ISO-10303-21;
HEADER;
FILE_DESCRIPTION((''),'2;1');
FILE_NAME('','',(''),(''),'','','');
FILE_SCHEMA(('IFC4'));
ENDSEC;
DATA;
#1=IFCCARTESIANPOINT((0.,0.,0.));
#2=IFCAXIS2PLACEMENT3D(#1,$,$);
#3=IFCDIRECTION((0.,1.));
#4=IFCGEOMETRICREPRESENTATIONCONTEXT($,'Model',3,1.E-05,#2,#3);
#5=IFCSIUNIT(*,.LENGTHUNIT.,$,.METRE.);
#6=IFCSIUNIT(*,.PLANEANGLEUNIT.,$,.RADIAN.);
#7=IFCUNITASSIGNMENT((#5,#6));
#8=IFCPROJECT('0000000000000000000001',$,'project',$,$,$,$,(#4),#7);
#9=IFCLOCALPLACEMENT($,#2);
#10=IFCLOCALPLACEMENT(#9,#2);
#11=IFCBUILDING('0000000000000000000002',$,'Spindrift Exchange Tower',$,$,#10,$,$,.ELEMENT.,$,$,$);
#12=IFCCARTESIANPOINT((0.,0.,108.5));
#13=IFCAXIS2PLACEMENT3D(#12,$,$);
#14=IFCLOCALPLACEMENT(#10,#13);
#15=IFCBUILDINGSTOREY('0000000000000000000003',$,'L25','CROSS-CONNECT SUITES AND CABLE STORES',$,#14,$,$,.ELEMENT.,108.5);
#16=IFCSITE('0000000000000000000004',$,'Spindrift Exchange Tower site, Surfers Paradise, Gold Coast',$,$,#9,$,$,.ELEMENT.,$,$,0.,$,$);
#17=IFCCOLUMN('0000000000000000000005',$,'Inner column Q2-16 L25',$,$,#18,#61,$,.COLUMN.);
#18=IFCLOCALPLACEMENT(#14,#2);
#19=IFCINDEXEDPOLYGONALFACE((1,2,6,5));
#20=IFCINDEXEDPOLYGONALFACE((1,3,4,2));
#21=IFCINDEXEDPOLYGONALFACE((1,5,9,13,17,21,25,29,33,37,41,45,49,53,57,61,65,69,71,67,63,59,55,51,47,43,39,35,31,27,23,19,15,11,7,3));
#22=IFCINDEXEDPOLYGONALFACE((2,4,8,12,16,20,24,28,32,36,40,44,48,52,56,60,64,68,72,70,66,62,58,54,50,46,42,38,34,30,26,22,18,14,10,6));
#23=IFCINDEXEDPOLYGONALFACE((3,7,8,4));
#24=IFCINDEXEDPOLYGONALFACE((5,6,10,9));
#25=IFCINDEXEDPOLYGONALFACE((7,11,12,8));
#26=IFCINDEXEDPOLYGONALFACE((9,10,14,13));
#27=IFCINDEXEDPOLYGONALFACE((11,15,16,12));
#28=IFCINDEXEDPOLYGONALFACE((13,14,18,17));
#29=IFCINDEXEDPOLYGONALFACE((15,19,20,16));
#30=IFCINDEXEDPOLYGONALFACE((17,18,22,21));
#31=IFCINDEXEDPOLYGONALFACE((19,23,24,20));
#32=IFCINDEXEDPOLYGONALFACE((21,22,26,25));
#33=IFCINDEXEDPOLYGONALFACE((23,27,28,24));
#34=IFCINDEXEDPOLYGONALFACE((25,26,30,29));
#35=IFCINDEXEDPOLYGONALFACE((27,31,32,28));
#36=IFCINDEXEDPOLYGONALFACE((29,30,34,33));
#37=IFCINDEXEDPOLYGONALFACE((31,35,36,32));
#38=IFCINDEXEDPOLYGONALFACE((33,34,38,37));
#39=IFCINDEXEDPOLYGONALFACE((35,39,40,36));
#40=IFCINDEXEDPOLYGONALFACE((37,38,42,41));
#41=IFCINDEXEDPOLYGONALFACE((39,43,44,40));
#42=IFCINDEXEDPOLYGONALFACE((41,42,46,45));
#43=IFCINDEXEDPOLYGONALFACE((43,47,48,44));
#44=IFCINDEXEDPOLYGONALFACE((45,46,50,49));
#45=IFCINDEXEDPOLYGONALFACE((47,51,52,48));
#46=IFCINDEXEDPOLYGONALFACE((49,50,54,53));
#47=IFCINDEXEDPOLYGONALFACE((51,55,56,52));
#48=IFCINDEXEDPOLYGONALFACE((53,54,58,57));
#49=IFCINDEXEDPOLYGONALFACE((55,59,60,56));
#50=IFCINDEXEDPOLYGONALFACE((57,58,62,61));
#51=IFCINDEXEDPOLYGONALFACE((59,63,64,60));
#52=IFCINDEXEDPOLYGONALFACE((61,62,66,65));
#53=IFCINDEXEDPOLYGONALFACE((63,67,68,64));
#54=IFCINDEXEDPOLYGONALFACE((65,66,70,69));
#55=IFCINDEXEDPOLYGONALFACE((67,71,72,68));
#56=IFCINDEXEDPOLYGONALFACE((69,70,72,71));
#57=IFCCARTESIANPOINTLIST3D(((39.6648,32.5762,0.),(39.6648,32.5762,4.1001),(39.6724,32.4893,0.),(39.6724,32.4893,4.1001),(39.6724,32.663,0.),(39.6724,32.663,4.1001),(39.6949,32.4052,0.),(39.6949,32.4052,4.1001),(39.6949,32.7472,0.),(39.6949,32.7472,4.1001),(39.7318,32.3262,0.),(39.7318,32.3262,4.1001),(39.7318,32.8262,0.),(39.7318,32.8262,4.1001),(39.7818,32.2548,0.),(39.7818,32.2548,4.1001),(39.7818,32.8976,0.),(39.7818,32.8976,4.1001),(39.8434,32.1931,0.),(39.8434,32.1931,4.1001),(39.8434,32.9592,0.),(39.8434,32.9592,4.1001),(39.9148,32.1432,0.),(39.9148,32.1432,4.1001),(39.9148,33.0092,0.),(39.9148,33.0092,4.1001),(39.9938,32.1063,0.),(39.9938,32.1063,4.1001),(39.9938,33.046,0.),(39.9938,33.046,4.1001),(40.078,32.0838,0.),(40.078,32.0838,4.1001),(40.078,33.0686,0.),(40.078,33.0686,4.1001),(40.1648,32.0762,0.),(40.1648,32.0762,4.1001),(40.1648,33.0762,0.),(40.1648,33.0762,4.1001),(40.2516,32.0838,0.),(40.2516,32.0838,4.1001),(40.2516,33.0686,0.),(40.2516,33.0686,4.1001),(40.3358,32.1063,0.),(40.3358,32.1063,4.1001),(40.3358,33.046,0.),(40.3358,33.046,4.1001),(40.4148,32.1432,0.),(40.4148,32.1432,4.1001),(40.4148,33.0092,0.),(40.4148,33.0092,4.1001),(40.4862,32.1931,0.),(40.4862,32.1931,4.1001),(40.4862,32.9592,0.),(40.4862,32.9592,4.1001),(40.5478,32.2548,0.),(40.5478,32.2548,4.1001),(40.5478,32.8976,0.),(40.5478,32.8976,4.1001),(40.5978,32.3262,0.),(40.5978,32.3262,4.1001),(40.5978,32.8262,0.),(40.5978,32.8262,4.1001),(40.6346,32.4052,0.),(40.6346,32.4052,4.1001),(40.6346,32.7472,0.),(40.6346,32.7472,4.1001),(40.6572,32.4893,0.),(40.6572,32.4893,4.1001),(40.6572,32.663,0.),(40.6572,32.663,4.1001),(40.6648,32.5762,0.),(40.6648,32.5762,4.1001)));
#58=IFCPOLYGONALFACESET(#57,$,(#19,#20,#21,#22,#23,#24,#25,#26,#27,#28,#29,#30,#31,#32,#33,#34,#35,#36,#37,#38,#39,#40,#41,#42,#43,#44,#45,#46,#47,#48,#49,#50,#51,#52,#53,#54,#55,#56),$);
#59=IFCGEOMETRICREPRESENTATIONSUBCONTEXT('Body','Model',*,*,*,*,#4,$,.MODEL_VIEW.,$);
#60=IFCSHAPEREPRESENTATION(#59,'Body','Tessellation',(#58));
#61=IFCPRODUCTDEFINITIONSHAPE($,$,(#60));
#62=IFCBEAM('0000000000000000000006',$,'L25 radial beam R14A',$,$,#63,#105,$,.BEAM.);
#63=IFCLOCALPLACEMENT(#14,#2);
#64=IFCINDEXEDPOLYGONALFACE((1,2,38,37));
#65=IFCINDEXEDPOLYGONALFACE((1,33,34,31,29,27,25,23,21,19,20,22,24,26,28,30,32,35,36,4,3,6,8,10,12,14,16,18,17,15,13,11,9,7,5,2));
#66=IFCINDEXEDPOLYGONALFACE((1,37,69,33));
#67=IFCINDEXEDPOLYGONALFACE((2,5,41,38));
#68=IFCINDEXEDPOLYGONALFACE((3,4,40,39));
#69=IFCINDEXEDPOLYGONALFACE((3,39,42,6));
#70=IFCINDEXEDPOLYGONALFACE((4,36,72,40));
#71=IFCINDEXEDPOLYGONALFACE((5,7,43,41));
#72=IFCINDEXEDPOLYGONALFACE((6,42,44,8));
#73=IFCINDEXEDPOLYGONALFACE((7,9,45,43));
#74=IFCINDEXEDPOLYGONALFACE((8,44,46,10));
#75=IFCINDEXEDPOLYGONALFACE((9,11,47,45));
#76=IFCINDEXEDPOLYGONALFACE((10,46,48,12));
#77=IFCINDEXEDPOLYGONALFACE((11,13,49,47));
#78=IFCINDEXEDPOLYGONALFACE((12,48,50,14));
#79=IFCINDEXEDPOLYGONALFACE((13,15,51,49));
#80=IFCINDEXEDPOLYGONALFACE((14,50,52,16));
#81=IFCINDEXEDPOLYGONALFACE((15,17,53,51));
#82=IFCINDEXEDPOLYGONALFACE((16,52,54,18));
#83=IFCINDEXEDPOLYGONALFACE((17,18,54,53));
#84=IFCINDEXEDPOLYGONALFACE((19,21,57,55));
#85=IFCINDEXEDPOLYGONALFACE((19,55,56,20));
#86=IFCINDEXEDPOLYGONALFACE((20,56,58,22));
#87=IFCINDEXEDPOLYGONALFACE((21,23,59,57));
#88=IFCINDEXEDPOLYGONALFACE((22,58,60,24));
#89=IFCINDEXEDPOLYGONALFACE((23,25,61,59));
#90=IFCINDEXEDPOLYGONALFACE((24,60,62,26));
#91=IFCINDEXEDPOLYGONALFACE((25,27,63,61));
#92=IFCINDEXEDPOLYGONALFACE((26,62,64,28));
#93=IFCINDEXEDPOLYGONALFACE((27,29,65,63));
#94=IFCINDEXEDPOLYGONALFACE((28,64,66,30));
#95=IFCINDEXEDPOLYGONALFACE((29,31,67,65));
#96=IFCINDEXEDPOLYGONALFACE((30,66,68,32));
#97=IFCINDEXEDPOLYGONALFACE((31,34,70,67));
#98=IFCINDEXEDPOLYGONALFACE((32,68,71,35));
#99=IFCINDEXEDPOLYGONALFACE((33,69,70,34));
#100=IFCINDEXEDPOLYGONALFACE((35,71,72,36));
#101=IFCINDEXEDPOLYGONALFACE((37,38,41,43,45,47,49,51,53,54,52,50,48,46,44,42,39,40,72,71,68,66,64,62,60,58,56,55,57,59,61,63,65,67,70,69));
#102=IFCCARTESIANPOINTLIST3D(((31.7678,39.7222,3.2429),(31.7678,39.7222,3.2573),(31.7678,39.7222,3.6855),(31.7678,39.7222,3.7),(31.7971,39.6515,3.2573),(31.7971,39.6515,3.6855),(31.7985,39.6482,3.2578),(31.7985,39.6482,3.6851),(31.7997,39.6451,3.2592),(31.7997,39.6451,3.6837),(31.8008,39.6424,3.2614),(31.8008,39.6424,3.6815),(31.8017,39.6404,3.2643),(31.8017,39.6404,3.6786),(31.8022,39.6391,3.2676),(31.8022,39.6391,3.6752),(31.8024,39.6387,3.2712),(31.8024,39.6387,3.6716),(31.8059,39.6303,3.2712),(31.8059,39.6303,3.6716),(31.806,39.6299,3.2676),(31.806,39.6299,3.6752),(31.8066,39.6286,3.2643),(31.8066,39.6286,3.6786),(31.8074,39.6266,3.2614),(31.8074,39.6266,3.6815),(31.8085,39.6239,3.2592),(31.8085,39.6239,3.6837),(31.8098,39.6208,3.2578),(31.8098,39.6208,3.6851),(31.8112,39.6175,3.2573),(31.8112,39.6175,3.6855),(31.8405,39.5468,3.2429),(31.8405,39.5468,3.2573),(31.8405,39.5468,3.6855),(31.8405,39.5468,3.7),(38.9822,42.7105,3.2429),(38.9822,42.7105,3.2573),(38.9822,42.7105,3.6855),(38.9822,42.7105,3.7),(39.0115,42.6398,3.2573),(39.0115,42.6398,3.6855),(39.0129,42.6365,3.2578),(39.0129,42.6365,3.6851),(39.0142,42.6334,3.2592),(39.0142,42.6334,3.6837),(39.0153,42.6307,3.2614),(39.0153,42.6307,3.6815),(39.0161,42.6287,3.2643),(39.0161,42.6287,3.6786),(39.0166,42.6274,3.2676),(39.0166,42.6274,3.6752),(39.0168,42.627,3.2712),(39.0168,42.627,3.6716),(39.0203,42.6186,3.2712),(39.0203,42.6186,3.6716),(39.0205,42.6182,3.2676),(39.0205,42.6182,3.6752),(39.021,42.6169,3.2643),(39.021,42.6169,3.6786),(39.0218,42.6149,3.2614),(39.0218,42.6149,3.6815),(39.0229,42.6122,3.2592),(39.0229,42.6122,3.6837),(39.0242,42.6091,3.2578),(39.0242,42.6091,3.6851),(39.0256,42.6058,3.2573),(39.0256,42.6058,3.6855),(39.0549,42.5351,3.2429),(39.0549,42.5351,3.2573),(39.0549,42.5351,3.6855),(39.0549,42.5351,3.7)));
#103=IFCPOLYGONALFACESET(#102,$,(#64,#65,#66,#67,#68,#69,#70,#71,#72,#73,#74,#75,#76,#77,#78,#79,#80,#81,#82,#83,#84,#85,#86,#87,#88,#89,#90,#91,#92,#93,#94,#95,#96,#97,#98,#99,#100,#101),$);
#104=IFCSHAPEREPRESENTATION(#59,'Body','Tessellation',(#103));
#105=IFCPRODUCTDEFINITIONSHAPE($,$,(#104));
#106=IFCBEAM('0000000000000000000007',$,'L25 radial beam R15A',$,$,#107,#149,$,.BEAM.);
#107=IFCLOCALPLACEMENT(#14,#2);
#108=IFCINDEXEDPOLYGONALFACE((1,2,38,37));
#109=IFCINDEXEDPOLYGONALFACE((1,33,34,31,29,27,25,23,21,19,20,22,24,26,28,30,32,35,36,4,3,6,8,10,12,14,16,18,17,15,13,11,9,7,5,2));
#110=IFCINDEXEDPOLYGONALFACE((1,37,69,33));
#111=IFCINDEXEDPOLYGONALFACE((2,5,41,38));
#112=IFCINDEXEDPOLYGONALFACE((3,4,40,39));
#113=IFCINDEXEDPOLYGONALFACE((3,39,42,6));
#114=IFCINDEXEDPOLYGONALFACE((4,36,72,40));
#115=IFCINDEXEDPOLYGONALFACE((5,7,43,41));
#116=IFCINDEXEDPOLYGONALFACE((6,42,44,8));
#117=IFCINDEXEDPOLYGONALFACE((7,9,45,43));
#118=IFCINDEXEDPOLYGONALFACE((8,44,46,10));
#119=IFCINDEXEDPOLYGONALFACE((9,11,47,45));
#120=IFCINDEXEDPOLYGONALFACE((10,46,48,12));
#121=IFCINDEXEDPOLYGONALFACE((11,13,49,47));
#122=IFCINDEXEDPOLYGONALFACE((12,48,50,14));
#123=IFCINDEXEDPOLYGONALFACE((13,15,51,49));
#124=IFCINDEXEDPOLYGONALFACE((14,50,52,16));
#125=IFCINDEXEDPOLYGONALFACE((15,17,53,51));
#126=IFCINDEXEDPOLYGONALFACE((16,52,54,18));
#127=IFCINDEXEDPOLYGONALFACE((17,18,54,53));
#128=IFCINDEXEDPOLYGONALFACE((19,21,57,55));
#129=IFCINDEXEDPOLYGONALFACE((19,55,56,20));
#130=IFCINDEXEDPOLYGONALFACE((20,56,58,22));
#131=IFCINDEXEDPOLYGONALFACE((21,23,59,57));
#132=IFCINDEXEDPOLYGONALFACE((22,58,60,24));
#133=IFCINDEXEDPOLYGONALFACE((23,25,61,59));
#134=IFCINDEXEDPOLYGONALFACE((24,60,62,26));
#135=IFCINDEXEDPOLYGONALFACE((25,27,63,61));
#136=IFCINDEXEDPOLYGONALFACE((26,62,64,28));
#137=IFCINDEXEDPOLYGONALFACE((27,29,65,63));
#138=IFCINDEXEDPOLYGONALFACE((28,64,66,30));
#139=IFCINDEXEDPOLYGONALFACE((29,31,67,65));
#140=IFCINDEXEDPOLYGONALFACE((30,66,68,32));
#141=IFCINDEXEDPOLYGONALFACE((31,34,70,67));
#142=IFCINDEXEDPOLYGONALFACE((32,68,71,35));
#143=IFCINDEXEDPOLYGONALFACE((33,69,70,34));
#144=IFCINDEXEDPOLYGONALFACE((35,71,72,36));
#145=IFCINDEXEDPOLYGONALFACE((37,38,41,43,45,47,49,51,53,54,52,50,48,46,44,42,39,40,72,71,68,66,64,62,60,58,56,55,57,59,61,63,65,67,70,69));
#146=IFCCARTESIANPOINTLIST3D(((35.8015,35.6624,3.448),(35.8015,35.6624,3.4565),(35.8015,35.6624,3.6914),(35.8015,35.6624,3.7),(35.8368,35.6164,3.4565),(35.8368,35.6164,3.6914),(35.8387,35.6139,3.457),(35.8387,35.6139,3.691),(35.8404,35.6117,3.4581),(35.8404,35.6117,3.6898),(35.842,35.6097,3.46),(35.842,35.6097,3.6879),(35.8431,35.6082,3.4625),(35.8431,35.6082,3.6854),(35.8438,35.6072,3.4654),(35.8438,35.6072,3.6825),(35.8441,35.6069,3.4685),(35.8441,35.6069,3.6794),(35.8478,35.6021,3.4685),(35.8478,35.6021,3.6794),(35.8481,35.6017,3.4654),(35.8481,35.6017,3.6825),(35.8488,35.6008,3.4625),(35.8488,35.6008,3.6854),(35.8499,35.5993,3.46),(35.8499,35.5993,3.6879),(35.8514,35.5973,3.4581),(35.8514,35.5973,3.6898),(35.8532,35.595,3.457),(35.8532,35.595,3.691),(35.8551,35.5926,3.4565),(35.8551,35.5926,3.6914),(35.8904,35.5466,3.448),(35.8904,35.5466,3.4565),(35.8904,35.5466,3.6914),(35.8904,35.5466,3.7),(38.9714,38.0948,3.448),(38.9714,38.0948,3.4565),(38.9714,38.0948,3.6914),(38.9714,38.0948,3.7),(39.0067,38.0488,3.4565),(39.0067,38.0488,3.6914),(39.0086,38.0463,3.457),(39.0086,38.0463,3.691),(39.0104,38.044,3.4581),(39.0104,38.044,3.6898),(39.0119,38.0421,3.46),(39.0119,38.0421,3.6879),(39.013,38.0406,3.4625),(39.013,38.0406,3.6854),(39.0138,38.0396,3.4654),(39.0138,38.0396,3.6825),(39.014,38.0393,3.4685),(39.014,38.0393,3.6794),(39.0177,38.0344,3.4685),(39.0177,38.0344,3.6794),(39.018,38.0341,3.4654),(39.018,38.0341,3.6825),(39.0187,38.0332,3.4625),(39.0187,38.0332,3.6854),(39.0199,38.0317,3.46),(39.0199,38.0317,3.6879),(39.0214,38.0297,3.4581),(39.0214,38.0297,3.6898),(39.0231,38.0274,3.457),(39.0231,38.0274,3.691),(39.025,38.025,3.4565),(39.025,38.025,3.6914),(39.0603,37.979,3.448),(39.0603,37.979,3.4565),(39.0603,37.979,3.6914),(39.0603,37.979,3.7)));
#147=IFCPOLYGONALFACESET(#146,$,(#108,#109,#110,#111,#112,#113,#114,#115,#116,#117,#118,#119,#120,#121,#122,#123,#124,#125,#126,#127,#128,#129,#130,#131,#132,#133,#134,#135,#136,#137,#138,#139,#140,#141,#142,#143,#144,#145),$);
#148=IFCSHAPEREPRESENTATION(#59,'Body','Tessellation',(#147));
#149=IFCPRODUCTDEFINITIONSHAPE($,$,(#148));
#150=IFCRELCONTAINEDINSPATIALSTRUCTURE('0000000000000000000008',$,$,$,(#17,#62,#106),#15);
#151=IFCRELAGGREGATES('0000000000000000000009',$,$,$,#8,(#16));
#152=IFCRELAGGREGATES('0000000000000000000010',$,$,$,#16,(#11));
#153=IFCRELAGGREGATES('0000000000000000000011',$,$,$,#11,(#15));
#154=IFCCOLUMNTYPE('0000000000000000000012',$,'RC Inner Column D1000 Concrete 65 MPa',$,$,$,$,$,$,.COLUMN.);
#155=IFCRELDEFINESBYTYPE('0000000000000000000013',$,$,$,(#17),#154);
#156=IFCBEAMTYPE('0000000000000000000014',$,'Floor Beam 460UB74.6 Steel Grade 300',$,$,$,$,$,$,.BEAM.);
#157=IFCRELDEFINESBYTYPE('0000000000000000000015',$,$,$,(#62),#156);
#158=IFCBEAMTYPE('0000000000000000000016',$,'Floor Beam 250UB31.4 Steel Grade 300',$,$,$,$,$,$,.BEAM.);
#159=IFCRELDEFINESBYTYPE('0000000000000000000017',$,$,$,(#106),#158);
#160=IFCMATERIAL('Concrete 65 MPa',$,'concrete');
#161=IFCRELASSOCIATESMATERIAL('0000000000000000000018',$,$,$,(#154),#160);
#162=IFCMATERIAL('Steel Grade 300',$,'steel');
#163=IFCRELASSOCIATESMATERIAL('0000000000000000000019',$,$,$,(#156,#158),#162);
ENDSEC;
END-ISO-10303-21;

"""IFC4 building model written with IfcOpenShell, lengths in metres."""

from ifc_helpers import new_model, si_unit, direction, frame, origin, origin_2d, place, context, subcontext, project, spatial, circle, i_section, extrude, source, transform, mapped, material, material_profile, profile_set, type_object, element, save


model = new_model("IFC4")

# Units and contexts
model_context = context("Model", 3, precision=1e-05, world=origin(), true_north=direction((0.0, 1.0)))
body_context = subcontext(model_context, "Body", "Model", "MODEL_VIEW")
ifc_project = project(units=[si_unit("LENGTHUNIT", "METRE"), si_unit("PLANEANGLEUNIT", "RADIAN")], contexts=[model_context])

# Site, building, storey
site_placement = place(None, origin())
site = spatial("IfcSite", under=ifc_project, at=site_placement, Name="Spindrift Exchange Tower site, Surfers Paradise, Gold Coast", CompositionType="ELEMENT", RefElevation=0.0)
building_placement = place(site_placement, origin())
building = spatial("IfcBuilding", under=site, at=building_placement, Name="Spindrift Exchange Tower", CompositionType="ELEMENT")
storey_placement = place(building_placement, frame((0.0, 0.0, 108.5)))
storey = spatial("IfcBuildingStorey", under=building, at=storey_placement, Name="L25", Description="CROSS-CONNECT SUITES AND CABLE STORES", CompositionType="ELEMENT", Elevation=108.5)

# Column
ifc_material_1 = material(Name="Concrete 65 MPa", Category="concrete")
ifc_material_profile_1 = material_profile(ifc_material_1, circle(Radius=0.5, at=origin_2d()), Name="RC D1000")
ifc_profile_set_1 = profile_set([ifc_material_profile_1], Name="Concrete 65 MPa")
column_type = type_object("IfcColumnType", Name="RC Inner Column D1000 Concrete 65 MPa", PredefinedType="COLUMN", material=ifc_profile_set_1)
shared_shape_1 = source(origin(), body_context, "Body", "SweptSolid", [
    extrude(circle(Radius=0.5, at=origin_2d()), origin(), (0.0, 0.0, 1.0), 4.1001),
])
column_placement = place(storey_placement, frame((40.1648, 32.5762, 0.0), z_axis=(0.0, 0.0, 1.0), x_axis=(1.0, 0.0, 0.0)))
element("IfcColumn", 1, at=column_placement, inside=storey, type_object=column_type, Name="Inner column Q2-16 L25", PredefinedType="COLUMN", context=body_context, shape_type="MappedRepresentation", body=[
    mapped(shared_shape_1, transform((0.0, 0.0, 0.0), scale=1.0)),
])

# Beams
ifc_material_2 = material(Name="Steel Grade 300", Category="steel")
ifc_material_profile_2 = material_profile(ifc_material_2, i_section(OverallWidth=0.1899, OverallDepth=0.457, WebThickness=0.009, FlangeThickness=0.0144, FilletRadius=0.0139, at=origin_2d()), Name="460UB74.6")
ifc_profile_set_2 = profile_set([ifc_material_profile_2], Name="Steel Grade 300")
beam_type_1 = type_object("IfcBeamType", Name="Floor Beam 460UB74.6 Steel Grade 300", PredefinedType="BEAM", material=ifc_profile_set_2)
shared_shape_2 = source(origin(), body_context, "Body", "SweptSolid", [
    extrude(i_section(OverallWidth=0.1899, OverallDepth=0.457, WebThickness=0.009, FlangeThickness=0.0144, FilletRadius=0.0139, at=origin_2d()), origin(), (0.0, 0.0, 1.0), 7.8088),
])
beam_1_placement = place(storey_placement, frame((39.0186, 42.6228, 3.4714), z_axis=(-0.92388, -0.382683, 0.0), x_axis=(0.382683, -0.92388, 0.0)))
element("IfcBeam", 2, at=beam_1_placement, inside=storey, type_object=beam_type_1, Name="L25 radial beam R14A", PredefinedType="BEAM", context=body_context, shape_type="MappedRepresentation", body=[
    mapped(shared_shape_2, transform((0.0, 0.0, 0.0), scale=1.0)),
])
ifc_material_profile_3 = material_profile(ifc_material_2, i_section(OverallWidth=0.146, OverallDepth=0.252, WebThickness=0.0061, FlangeThickness=0.0085, FilletRadius=0.012, at=origin_2d()), Name="250UB31.4")
ifc_profile_set_3 = profile_set([ifc_material_profile_3], Name="Steel Grade 300")
beam_type_2 = type_object("IfcBeamType", Name="Floor Beam 250UB31.4 Steel Grade 300", PredefinedType="BEAM", material=ifc_profile_set_3)
shared_shape_3 = source(origin(), body_context, "Body", "SweptSolid", [
    extrude(i_section(OverallWidth=0.146, OverallDepth=0.252, WebThickness=0.0061, FlangeThickness=0.0085, FilletRadius=0.012, at=origin_2d()), origin(), (0.0, 0.0, 1.0), 3.9956),
])
beam_2_placement = place(storey_placement, frame((39.0159, 38.0369, 3.574), z_axis=(-0.793353, -0.608762, 0.0), x_axis=(0.608762, -0.793353, 0.0)))
element("IfcBeam", 3, at=beam_2_placement, inside=storey, type_object=beam_type_2, Name="L25 radial beam R15A", PredefinedType="BEAM", context=body_context, shape_type="MappedRepresentation", body=[
    mapped(shared_shape_3, transform((0.0, 0.0, 0.0), scale=1.0)),
])

save(model, "model.ifc")
